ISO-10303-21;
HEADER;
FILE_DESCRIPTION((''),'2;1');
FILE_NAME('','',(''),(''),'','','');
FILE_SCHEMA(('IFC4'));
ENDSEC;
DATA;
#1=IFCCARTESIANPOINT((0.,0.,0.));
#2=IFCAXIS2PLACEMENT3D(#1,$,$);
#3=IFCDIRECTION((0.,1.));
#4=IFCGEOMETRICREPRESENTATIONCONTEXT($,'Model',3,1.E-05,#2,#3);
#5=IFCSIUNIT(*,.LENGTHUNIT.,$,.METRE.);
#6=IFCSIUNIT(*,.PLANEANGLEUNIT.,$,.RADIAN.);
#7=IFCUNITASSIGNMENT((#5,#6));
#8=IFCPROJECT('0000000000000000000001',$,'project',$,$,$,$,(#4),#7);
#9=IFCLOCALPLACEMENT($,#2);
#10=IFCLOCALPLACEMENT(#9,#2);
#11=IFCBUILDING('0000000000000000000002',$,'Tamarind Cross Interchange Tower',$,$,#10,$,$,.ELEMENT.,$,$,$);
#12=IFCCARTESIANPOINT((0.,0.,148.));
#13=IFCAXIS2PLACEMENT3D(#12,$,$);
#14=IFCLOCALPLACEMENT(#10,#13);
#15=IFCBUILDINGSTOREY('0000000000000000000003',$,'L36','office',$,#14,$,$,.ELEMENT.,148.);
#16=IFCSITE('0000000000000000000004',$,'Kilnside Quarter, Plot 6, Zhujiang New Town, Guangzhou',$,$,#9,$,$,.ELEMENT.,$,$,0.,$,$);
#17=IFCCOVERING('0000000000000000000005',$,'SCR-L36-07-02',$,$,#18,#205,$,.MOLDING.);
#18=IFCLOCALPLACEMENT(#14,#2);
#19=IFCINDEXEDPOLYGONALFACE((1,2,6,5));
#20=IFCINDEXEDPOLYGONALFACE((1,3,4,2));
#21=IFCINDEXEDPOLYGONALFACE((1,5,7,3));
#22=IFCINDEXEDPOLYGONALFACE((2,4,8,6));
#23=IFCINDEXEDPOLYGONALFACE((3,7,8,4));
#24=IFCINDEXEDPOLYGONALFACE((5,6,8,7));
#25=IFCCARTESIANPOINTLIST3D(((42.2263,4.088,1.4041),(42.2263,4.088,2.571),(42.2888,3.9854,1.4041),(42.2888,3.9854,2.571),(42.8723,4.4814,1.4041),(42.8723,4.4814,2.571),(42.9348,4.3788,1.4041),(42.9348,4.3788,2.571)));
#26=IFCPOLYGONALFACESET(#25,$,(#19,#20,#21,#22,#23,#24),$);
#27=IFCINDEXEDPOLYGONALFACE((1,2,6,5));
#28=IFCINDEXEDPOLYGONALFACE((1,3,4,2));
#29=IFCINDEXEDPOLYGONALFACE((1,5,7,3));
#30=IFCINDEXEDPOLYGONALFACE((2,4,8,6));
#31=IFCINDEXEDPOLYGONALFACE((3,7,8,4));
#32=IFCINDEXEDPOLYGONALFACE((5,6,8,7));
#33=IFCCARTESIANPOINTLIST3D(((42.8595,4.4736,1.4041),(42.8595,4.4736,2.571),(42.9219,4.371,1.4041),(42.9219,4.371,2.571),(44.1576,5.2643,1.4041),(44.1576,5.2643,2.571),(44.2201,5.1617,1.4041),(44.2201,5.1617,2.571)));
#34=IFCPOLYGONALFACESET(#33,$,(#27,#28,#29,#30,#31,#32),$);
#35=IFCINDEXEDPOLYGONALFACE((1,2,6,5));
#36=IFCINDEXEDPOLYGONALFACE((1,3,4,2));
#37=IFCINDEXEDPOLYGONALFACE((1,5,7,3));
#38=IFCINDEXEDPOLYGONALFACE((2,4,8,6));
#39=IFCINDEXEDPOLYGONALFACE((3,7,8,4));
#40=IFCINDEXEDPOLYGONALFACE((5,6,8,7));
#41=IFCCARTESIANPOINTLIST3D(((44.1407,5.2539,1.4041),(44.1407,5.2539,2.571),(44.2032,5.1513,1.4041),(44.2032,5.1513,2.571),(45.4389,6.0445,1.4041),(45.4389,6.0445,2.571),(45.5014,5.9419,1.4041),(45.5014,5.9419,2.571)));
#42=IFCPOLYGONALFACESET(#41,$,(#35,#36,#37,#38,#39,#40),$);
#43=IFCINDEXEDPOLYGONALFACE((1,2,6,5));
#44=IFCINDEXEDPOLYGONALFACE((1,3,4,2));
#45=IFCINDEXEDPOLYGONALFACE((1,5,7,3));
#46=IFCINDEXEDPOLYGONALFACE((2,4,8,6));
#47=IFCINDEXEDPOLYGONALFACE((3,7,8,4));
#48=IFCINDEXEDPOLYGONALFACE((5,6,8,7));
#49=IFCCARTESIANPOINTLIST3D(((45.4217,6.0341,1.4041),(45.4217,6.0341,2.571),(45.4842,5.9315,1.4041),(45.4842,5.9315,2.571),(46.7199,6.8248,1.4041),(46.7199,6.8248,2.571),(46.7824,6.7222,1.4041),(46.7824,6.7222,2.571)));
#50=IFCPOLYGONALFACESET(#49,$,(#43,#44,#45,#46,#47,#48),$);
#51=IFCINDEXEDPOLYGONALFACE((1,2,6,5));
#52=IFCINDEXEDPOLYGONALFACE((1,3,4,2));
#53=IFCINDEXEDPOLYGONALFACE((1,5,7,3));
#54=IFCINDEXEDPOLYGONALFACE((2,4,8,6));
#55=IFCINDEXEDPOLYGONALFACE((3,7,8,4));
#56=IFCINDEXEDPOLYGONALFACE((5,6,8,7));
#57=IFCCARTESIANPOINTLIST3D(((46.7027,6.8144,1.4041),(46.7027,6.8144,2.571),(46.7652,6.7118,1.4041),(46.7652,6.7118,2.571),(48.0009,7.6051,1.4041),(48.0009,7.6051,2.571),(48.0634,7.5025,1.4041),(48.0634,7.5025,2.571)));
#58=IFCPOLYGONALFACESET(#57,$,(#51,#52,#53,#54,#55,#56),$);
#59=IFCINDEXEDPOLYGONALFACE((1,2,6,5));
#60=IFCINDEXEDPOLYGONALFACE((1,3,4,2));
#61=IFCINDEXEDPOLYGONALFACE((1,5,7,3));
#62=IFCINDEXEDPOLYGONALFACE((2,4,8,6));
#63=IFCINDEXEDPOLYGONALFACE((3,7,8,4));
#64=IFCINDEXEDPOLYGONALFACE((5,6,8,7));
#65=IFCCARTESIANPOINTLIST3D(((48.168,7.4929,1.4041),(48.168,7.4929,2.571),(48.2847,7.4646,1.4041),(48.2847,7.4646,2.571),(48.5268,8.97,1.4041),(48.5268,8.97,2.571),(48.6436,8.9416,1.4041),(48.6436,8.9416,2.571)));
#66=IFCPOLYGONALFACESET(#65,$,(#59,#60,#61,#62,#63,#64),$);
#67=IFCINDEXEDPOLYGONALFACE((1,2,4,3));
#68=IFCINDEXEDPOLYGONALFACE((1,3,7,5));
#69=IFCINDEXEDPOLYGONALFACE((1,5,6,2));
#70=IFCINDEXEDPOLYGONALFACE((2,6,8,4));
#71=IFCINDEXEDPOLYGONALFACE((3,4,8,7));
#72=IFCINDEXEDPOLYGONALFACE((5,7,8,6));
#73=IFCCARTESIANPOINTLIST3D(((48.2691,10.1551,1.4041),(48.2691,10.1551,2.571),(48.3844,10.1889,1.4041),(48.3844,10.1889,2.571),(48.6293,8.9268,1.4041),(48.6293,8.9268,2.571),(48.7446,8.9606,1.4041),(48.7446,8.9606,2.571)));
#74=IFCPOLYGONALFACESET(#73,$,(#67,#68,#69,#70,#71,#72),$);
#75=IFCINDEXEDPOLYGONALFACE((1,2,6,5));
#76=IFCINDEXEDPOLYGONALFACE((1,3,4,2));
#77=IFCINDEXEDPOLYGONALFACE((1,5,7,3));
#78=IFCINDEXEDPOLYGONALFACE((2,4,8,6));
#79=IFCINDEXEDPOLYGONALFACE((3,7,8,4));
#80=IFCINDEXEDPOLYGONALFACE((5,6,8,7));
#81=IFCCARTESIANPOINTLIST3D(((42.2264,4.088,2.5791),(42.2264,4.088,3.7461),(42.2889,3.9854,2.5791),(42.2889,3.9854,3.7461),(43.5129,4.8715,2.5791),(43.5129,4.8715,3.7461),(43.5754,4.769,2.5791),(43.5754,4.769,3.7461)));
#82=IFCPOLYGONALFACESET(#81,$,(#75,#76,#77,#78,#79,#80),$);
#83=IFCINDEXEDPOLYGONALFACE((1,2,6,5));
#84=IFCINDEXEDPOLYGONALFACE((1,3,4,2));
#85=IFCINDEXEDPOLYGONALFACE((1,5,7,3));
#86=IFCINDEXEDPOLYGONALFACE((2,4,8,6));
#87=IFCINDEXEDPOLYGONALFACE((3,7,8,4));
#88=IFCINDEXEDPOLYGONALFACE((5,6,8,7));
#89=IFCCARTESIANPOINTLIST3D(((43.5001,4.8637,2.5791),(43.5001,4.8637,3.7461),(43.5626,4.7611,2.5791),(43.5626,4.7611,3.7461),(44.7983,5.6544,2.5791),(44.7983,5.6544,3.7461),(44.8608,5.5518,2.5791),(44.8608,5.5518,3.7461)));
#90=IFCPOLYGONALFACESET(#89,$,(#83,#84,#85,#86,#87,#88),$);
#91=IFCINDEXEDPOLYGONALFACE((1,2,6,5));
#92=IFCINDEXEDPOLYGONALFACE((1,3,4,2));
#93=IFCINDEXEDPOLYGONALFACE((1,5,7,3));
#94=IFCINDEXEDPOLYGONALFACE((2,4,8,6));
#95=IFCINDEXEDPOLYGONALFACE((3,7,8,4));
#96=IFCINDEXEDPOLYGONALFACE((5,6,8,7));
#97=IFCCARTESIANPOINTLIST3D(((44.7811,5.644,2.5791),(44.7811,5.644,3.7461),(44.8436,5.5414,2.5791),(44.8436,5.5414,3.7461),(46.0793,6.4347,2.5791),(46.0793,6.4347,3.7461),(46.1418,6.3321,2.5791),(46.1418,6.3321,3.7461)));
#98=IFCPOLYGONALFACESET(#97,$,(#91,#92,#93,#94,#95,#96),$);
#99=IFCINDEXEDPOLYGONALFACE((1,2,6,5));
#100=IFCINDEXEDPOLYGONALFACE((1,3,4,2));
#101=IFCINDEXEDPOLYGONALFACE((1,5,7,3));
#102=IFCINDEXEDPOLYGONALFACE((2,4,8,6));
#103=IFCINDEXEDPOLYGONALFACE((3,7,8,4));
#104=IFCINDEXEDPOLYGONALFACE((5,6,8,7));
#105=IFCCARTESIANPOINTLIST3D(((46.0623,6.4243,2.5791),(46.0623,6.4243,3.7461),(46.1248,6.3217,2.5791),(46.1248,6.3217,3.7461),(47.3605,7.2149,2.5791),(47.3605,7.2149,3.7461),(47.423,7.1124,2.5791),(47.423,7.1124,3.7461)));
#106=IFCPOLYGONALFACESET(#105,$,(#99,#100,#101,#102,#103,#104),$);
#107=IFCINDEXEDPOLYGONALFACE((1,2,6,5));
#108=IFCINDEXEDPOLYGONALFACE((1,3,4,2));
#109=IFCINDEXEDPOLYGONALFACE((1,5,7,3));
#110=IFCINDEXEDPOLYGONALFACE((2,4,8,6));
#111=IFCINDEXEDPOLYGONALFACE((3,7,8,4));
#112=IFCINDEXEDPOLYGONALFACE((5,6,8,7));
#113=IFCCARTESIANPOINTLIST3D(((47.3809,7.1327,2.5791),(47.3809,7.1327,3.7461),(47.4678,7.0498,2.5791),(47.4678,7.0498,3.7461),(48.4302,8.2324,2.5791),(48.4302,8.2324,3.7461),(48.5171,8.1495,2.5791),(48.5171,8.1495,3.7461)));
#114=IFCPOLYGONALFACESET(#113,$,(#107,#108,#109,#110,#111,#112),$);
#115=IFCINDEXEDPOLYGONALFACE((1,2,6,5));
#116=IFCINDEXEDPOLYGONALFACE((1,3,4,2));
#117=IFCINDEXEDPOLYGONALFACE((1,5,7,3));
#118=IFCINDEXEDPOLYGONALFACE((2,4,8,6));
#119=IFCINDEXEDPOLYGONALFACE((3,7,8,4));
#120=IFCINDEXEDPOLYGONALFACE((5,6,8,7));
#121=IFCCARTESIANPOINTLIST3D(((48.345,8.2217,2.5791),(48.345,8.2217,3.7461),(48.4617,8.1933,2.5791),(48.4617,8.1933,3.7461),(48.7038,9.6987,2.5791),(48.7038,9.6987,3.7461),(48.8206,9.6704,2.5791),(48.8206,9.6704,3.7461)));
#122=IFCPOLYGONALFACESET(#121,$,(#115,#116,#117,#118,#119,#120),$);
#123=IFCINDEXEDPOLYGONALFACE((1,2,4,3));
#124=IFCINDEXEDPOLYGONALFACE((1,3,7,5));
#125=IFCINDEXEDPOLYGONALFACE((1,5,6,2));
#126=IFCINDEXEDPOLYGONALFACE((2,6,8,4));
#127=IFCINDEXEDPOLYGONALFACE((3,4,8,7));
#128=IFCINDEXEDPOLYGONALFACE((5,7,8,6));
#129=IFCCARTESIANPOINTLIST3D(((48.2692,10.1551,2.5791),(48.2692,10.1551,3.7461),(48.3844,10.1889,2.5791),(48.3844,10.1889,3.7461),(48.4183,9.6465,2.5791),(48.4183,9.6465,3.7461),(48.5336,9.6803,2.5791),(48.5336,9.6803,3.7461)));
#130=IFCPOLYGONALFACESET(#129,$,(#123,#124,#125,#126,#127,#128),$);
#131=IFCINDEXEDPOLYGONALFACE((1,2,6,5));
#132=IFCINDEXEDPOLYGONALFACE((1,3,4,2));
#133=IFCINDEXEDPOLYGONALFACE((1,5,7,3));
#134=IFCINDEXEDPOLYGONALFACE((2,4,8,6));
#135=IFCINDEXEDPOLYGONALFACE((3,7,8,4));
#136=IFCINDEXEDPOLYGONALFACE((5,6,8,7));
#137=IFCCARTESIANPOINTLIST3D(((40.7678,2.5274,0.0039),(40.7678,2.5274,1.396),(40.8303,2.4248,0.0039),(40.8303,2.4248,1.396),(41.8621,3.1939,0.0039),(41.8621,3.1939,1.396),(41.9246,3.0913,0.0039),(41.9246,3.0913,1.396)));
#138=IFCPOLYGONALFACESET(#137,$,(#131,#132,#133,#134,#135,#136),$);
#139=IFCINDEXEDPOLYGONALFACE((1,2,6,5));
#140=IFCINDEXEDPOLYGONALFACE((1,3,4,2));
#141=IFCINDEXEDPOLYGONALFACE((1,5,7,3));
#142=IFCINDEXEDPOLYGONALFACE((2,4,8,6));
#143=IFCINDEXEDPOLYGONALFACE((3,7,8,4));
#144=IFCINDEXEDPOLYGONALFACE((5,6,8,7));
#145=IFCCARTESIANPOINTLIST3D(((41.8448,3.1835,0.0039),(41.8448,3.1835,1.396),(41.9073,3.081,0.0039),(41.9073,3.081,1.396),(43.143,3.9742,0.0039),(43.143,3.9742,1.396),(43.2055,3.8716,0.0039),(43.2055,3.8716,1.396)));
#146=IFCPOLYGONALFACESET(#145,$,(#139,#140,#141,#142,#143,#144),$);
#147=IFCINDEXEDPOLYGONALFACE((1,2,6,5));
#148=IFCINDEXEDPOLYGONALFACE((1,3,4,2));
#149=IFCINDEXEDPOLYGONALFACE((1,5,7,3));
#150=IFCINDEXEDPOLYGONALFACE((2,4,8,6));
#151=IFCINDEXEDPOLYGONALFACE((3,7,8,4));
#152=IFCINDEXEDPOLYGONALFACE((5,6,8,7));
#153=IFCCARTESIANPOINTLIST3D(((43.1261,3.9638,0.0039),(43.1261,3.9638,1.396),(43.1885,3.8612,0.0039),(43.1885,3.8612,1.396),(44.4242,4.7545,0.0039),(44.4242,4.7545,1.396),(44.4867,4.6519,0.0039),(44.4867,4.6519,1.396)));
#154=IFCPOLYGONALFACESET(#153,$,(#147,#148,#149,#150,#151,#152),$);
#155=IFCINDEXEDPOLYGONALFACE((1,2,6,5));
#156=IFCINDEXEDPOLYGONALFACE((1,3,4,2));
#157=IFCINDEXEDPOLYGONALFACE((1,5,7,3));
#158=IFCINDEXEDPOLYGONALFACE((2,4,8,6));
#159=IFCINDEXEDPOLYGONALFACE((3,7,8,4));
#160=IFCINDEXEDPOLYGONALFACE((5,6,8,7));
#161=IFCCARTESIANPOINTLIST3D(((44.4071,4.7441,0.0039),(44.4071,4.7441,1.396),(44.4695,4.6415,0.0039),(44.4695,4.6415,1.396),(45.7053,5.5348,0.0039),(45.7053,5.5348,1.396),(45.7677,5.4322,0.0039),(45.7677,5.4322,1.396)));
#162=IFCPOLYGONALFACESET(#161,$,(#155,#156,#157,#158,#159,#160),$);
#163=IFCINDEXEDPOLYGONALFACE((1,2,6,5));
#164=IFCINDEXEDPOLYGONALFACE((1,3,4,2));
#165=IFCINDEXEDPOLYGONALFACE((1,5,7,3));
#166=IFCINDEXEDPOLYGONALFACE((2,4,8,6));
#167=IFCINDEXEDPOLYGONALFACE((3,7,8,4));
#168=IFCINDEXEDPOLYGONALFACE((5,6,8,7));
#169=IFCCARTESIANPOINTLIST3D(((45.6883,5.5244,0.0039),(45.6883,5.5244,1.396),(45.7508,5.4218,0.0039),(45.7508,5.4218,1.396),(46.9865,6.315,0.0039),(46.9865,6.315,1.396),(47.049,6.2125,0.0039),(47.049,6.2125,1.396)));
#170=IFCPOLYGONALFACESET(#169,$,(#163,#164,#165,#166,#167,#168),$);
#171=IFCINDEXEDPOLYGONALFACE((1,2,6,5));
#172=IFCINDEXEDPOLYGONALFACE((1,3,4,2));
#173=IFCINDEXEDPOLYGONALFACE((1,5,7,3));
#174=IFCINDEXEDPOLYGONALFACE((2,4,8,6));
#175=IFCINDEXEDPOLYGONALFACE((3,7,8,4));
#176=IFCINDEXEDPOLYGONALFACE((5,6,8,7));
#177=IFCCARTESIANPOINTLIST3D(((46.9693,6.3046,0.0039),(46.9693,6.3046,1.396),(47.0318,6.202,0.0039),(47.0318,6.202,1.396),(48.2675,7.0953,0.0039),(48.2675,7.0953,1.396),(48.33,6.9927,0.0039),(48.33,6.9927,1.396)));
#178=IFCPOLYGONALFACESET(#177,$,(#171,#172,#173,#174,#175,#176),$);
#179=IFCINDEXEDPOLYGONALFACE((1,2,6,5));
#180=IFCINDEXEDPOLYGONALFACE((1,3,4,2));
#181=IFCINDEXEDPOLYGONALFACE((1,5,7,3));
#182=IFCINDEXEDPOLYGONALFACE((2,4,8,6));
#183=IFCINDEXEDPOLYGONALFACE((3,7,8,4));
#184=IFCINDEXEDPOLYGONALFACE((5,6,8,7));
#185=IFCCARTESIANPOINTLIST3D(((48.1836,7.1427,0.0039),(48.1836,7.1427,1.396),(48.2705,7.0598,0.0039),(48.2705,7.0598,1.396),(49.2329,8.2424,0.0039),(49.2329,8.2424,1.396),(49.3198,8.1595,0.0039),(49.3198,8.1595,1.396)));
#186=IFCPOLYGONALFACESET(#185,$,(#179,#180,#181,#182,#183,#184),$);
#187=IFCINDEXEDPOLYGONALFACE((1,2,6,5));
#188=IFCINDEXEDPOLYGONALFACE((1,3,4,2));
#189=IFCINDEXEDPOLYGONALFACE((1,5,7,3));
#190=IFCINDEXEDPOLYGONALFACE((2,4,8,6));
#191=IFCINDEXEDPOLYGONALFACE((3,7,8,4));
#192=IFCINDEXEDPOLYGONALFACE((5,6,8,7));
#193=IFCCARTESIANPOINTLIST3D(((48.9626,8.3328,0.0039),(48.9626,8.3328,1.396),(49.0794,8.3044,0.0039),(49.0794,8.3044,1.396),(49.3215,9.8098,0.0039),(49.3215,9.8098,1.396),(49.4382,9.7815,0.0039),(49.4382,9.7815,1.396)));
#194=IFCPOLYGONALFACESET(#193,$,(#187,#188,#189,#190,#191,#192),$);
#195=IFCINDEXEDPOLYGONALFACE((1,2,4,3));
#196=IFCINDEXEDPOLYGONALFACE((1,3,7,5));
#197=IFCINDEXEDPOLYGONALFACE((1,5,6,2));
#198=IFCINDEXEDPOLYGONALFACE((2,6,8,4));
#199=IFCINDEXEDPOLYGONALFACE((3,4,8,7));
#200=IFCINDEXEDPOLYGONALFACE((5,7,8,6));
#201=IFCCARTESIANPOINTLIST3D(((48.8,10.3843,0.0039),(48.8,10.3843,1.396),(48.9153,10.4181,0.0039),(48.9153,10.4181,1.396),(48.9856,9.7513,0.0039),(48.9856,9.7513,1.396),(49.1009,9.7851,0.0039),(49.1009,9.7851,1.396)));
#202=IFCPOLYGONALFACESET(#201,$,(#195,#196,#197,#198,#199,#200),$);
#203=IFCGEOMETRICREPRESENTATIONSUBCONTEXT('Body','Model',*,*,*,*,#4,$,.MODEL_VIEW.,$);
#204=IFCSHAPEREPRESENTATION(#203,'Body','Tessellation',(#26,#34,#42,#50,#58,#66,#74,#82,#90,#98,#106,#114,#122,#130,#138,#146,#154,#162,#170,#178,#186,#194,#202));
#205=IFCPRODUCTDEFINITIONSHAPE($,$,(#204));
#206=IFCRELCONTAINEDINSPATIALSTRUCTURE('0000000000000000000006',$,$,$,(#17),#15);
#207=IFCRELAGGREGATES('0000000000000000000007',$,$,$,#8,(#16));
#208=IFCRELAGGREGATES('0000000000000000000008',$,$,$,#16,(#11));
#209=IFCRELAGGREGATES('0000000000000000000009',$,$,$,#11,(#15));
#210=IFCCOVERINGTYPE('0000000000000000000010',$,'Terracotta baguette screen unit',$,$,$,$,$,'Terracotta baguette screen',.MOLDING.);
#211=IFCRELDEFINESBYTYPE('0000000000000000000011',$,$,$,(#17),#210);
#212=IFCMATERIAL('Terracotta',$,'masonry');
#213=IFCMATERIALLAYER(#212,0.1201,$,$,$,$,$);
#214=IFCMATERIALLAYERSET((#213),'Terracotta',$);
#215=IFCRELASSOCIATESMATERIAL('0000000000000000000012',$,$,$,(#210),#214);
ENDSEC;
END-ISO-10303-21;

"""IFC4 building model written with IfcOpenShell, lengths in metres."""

from ifc_helpers import new_model, si_unit, direction, frame, origin, origin_2d, place, context, subcontext, project, spatial, rectangle, extrude, material, layer, layer_set, type_object, element, save


model = new_model("IFC4")

# Units and contexts
model_context = context("Model", 3, precision=1e-05, world=origin(), true_north=direction((0.0, 1.0)))
body_context = subcontext(model_context, "Body", "Model", "MODEL_VIEW")
ifc_project = project(units=[si_unit("LENGTHUNIT", "METRE"), si_unit("PLANEANGLEUNIT", "RADIAN")], contexts=[model_context])

# Site, building, storey
site_placement = place(None, origin())
site = spatial("IfcSite", under=ifc_project, at=site_placement, Name="Kilnside Quarter, Plot 6, Zhujiang New Town, Guangzhou", CompositionType="ELEMENT", RefElevation=0.0)
building_placement = place(site_placement, origin())
building = spatial("IfcBuilding", under=site, at=building_placement, Name="Tamarind Cross Interchange Tower", CompositionType="ELEMENT")
storey_placement = place(building_placement, frame((0.0, 0.0, 148.0)))
storey = spatial("IfcBuildingStorey", under=building, at=storey_placement, Name="L36", Description="office", CompositionType="ELEMENT", Elevation=148.0)

# Covering
ifc_material_1 = material(Name="Terracotta", Category="masonry")
ifc_layer_1 = layer(ifc_material_1, 0.1201)
ifc_layer_set_1 = layer_set([ifc_layer_1], Name="Terracotta")
covering_type = type_object("IfcCoveringType", Name="Terracotta baguette screen unit", ElementType="Terracotta baguette screen", PredefinedType="MOLDING", material=ifc_layer_set_1)
covering_1_placement = place(storey_placement, origin())
element("IfcCovering", 1, at=covering_1_placement, inside=storey, type_object=covering_type, Name="SCR-L36-07-02", PredefinedType="MOLDING", context=body_context, shape_type="SweptSolid", body=[
    extrude(rectangle(XDim=0.7563, YDim=0.1201, at=origin_2d()), frame((42.5806, 4.2334, 1.4041), z_axis=(0.0, 0.0, 1.0), x_axis=(0.85406, 0.520175, 0.0)), (0.0, 0.0, 1.0), 1.167),
    extrude(rectangle(XDim=1.52, YDim=0.1201, at=origin_2d()), frame((43.5398, 4.8176, 1.4041), z_axis=(0.0, 0.0, 1.0), x_axis=(0.85406, 0.520175, 0.0)), (0.0, 0.0, 1.0), 1.167),
    extrude(rectangle(XDim=1.52, YDim=0.1201, at=origin_2d()), frame((44.821, 5.5979, 1.4041), z_axis=(0.0, 0.0, 1.0), x_axis=(0.85406, 0.520175, 0.0)), (0.0, 0.0, 1.0), 1.167),
    extrude(rectangle(XDim=1.52, YDim=0.1201, at=origin_2d()), frame((46.1021, 6.3782, 1.4041), z_axis=(0.0, 0.0, 1.0), x_axis=(0.85406, 0.520175, 0.0)), (0.0, 0.0, 1.0), 1.167),
    extrude(rectangle(XDim=1.52, YDim=0.1201, at=origin_2d()), frame((47.3831, 7.1584, 1.4041), z_axis=(0.0, 0.0, 1.0), x_axis=(0.85406, 0.520175, 0.0)), (0.0, 0.0, 1.0), 1.167),
    extrude(rectangle(XDim=1.52, YDim=0.1201, at=origin_2d()), frame((48.4058, 8.2173, 1.4041), z_axis=(0.0, 0.0, 1.0), x_axis=(0.236092, 0.971731, 0.0)), (0.0, 0.0, 1.0), 1.167),
    extrude(rectangle(XDim=1.28, YDim=0.1201, at=origin_2d()), frame((48.5068, 9.5579, 1.4041), z_axis=(0.0, 0.0, 1.0), x_axis=(-0.281404, 0.959589, 0.0)), (0.0, 0.0, 1.0), 1.167),
    extrude(rectangle(XDim=1.5063, YDim=0.1201, at=origin_2d()), frame((42.9009, 4.4285, 2.5791), z_axis=(0.0, 0.0, 1.0), x_axis=(0.85406, 0.520175, 0.0)), (0.0, 0.0, 1.0), 1.167),
    extrude(rectangle(XDim=1.52, YDim=0.1201, at=origin_2d()), frame((44.1804, 5.2078, 2.5791), z_axis=(0.0, 0.0, 1.0), x_axis=(0.85406, 0.520175, 0.0)), (0.0, 0.0, 1.0), 1.167),
    extrude(rectangle(XDim=1.52, YDim=0.1201, at=origin_2d()), frame((45.4614, 5.988, 2.5791), z_axis=(0.0, 0.0, 1.0), x_axis=(0.85406, 0.520175, 0.0)), (0.0, 0.0, 1.0), 1.167),
    extrude(rectangle(XDim=1.52, YDim=0.1201, at=origin_2d()), frame((46.7427, 6.7683, 2.5791), z_axis=(0.0, 0.0, 1.0), x_axis=(0.85406, 0.520175, 0.0)), (0.0, 0.0, 1.0), 1.167),
    extrude(rectangle(XDim=1.52, YDim=0.1201, at=origin_2d()), frame((47.949, 7.6411, 2.5791), z_axis=(0.0, 0.0, 1.0), x_axis=(0.690327, 0.723497, 0.0)), (0.0, 0.0, 1.0), 1.167),
    extrude(rectangle(XDim=1.52, YDim=0.1201, at=origin_2d()), frame((48.5828, 8.946, 2.5791), z_axis=(0.0, 0.0, 1.0), x_axis=(0.236092, 0.971731, 0.0)), (0.0, 0.0, 1.0), 1.167),
    extrude(rectangle(XDim=0.53, YDim=0.1201, at=origin_2d()), frame((48.4014, 9.9177, 2.5791), z_axis=(0.0, 0.0, 1.0), x_axis=(-0.281404, 0.959589, 0.0)), (0.0, 0.0, 1.0), 1.167),
    extrude(rectangle(XDim=1.2812, YDim=0.1201, at=origin_2d()), frame((41.3462, 2.8093, 0.0039), z_axis=(0.0, 0.0, 1.0), x_axis=(0.85406, 0.520175, 0.0)), (0.0, 0.0, 1.0), 1.3921),
    extrude(rectangle(XDim=1.52, YDim=0.1201, at=origin_2d()), frame((42.5251, 3.5276, 0.0039), z_axis=(0.0, 0.0, 1.0), x_axis=(0.85406, 0.520175, 0.0)), (0.0, 0.0, 1.0), 1.3921),
    extrude(rectangle(XDim=1.52, YDim=0.1201, at=origin_2d()), frame((43.8064, 4.3079, 0.0039), z_axis=(0.0, 0.0, 1.0), x_axis=(0.85406, 0.520175, 0.0)), (0.0, 0.0, 1.0), 1.3921),
    extrude(rectangle(XDim=1.52, YDim=0.1201, at=origin_2d()), frame((45.0874, 5.0881, 0.0039), z_axis=(0.0, 0.0, 1.0), x_axis=(0.85406, 0.520175, 0.0)), (0.0, 0.0, 1.0), 1.3921),
    extrude(rectangle(XDim=1.52, YDim=0.1201, at=origin_2d()), frame((46.3687, 5.8684, 0.0039), z_axis=(0.0, 0.0, 1.0), x_axis=(0.85406, 0.520175, 0.0)), (0.0, 0.0, 1.0), 1.3921),
    extrude(rectangle(XDim=1.52, YDim=0.1201, at=origin_2d()), frame((47.6497, 6.6487, 0.0039), z_axis=(0.0, 0.0, 1.0), x_axis=(0.85406, 0.520175, 0.0)), (0.0, 0.0, 1.0), 1.3921),
    extrude(rectangle(XDim=1.52, YDim=0.1201, at=origin_2d()), frame((48.7517, 7.6511, 0.0039), z_axis=(0.0, 0.0, 1.0), x_axis=(0.690327, 0.723497, 0.0)), (0.0, 0.0, 1.0), 1.3921),
    extrude(rectangle(XDim=1.52, YDim=0.1201, at=origin_2d()), frame((49.2004, 9.0571, 0.0039), z_axis=(0.0, 0.0, 1.0), x_axis=(0.236092, 0.971731, 0.0)), (0.0, 0.0, 1.0), 1.3921),
    extrude(rectangle(XDim=0.6597, YDim=0.1201, at=origin_2d()), frame((48.9504, 10.0847, 0.0039), z_axis=(0.0, 0.0, 1.0), x_axis=(-0.281404, 0.959589, 0.0)), (0.0, 0.0, 1.0), 1.3921),
])

save(model, "model.ifc")
